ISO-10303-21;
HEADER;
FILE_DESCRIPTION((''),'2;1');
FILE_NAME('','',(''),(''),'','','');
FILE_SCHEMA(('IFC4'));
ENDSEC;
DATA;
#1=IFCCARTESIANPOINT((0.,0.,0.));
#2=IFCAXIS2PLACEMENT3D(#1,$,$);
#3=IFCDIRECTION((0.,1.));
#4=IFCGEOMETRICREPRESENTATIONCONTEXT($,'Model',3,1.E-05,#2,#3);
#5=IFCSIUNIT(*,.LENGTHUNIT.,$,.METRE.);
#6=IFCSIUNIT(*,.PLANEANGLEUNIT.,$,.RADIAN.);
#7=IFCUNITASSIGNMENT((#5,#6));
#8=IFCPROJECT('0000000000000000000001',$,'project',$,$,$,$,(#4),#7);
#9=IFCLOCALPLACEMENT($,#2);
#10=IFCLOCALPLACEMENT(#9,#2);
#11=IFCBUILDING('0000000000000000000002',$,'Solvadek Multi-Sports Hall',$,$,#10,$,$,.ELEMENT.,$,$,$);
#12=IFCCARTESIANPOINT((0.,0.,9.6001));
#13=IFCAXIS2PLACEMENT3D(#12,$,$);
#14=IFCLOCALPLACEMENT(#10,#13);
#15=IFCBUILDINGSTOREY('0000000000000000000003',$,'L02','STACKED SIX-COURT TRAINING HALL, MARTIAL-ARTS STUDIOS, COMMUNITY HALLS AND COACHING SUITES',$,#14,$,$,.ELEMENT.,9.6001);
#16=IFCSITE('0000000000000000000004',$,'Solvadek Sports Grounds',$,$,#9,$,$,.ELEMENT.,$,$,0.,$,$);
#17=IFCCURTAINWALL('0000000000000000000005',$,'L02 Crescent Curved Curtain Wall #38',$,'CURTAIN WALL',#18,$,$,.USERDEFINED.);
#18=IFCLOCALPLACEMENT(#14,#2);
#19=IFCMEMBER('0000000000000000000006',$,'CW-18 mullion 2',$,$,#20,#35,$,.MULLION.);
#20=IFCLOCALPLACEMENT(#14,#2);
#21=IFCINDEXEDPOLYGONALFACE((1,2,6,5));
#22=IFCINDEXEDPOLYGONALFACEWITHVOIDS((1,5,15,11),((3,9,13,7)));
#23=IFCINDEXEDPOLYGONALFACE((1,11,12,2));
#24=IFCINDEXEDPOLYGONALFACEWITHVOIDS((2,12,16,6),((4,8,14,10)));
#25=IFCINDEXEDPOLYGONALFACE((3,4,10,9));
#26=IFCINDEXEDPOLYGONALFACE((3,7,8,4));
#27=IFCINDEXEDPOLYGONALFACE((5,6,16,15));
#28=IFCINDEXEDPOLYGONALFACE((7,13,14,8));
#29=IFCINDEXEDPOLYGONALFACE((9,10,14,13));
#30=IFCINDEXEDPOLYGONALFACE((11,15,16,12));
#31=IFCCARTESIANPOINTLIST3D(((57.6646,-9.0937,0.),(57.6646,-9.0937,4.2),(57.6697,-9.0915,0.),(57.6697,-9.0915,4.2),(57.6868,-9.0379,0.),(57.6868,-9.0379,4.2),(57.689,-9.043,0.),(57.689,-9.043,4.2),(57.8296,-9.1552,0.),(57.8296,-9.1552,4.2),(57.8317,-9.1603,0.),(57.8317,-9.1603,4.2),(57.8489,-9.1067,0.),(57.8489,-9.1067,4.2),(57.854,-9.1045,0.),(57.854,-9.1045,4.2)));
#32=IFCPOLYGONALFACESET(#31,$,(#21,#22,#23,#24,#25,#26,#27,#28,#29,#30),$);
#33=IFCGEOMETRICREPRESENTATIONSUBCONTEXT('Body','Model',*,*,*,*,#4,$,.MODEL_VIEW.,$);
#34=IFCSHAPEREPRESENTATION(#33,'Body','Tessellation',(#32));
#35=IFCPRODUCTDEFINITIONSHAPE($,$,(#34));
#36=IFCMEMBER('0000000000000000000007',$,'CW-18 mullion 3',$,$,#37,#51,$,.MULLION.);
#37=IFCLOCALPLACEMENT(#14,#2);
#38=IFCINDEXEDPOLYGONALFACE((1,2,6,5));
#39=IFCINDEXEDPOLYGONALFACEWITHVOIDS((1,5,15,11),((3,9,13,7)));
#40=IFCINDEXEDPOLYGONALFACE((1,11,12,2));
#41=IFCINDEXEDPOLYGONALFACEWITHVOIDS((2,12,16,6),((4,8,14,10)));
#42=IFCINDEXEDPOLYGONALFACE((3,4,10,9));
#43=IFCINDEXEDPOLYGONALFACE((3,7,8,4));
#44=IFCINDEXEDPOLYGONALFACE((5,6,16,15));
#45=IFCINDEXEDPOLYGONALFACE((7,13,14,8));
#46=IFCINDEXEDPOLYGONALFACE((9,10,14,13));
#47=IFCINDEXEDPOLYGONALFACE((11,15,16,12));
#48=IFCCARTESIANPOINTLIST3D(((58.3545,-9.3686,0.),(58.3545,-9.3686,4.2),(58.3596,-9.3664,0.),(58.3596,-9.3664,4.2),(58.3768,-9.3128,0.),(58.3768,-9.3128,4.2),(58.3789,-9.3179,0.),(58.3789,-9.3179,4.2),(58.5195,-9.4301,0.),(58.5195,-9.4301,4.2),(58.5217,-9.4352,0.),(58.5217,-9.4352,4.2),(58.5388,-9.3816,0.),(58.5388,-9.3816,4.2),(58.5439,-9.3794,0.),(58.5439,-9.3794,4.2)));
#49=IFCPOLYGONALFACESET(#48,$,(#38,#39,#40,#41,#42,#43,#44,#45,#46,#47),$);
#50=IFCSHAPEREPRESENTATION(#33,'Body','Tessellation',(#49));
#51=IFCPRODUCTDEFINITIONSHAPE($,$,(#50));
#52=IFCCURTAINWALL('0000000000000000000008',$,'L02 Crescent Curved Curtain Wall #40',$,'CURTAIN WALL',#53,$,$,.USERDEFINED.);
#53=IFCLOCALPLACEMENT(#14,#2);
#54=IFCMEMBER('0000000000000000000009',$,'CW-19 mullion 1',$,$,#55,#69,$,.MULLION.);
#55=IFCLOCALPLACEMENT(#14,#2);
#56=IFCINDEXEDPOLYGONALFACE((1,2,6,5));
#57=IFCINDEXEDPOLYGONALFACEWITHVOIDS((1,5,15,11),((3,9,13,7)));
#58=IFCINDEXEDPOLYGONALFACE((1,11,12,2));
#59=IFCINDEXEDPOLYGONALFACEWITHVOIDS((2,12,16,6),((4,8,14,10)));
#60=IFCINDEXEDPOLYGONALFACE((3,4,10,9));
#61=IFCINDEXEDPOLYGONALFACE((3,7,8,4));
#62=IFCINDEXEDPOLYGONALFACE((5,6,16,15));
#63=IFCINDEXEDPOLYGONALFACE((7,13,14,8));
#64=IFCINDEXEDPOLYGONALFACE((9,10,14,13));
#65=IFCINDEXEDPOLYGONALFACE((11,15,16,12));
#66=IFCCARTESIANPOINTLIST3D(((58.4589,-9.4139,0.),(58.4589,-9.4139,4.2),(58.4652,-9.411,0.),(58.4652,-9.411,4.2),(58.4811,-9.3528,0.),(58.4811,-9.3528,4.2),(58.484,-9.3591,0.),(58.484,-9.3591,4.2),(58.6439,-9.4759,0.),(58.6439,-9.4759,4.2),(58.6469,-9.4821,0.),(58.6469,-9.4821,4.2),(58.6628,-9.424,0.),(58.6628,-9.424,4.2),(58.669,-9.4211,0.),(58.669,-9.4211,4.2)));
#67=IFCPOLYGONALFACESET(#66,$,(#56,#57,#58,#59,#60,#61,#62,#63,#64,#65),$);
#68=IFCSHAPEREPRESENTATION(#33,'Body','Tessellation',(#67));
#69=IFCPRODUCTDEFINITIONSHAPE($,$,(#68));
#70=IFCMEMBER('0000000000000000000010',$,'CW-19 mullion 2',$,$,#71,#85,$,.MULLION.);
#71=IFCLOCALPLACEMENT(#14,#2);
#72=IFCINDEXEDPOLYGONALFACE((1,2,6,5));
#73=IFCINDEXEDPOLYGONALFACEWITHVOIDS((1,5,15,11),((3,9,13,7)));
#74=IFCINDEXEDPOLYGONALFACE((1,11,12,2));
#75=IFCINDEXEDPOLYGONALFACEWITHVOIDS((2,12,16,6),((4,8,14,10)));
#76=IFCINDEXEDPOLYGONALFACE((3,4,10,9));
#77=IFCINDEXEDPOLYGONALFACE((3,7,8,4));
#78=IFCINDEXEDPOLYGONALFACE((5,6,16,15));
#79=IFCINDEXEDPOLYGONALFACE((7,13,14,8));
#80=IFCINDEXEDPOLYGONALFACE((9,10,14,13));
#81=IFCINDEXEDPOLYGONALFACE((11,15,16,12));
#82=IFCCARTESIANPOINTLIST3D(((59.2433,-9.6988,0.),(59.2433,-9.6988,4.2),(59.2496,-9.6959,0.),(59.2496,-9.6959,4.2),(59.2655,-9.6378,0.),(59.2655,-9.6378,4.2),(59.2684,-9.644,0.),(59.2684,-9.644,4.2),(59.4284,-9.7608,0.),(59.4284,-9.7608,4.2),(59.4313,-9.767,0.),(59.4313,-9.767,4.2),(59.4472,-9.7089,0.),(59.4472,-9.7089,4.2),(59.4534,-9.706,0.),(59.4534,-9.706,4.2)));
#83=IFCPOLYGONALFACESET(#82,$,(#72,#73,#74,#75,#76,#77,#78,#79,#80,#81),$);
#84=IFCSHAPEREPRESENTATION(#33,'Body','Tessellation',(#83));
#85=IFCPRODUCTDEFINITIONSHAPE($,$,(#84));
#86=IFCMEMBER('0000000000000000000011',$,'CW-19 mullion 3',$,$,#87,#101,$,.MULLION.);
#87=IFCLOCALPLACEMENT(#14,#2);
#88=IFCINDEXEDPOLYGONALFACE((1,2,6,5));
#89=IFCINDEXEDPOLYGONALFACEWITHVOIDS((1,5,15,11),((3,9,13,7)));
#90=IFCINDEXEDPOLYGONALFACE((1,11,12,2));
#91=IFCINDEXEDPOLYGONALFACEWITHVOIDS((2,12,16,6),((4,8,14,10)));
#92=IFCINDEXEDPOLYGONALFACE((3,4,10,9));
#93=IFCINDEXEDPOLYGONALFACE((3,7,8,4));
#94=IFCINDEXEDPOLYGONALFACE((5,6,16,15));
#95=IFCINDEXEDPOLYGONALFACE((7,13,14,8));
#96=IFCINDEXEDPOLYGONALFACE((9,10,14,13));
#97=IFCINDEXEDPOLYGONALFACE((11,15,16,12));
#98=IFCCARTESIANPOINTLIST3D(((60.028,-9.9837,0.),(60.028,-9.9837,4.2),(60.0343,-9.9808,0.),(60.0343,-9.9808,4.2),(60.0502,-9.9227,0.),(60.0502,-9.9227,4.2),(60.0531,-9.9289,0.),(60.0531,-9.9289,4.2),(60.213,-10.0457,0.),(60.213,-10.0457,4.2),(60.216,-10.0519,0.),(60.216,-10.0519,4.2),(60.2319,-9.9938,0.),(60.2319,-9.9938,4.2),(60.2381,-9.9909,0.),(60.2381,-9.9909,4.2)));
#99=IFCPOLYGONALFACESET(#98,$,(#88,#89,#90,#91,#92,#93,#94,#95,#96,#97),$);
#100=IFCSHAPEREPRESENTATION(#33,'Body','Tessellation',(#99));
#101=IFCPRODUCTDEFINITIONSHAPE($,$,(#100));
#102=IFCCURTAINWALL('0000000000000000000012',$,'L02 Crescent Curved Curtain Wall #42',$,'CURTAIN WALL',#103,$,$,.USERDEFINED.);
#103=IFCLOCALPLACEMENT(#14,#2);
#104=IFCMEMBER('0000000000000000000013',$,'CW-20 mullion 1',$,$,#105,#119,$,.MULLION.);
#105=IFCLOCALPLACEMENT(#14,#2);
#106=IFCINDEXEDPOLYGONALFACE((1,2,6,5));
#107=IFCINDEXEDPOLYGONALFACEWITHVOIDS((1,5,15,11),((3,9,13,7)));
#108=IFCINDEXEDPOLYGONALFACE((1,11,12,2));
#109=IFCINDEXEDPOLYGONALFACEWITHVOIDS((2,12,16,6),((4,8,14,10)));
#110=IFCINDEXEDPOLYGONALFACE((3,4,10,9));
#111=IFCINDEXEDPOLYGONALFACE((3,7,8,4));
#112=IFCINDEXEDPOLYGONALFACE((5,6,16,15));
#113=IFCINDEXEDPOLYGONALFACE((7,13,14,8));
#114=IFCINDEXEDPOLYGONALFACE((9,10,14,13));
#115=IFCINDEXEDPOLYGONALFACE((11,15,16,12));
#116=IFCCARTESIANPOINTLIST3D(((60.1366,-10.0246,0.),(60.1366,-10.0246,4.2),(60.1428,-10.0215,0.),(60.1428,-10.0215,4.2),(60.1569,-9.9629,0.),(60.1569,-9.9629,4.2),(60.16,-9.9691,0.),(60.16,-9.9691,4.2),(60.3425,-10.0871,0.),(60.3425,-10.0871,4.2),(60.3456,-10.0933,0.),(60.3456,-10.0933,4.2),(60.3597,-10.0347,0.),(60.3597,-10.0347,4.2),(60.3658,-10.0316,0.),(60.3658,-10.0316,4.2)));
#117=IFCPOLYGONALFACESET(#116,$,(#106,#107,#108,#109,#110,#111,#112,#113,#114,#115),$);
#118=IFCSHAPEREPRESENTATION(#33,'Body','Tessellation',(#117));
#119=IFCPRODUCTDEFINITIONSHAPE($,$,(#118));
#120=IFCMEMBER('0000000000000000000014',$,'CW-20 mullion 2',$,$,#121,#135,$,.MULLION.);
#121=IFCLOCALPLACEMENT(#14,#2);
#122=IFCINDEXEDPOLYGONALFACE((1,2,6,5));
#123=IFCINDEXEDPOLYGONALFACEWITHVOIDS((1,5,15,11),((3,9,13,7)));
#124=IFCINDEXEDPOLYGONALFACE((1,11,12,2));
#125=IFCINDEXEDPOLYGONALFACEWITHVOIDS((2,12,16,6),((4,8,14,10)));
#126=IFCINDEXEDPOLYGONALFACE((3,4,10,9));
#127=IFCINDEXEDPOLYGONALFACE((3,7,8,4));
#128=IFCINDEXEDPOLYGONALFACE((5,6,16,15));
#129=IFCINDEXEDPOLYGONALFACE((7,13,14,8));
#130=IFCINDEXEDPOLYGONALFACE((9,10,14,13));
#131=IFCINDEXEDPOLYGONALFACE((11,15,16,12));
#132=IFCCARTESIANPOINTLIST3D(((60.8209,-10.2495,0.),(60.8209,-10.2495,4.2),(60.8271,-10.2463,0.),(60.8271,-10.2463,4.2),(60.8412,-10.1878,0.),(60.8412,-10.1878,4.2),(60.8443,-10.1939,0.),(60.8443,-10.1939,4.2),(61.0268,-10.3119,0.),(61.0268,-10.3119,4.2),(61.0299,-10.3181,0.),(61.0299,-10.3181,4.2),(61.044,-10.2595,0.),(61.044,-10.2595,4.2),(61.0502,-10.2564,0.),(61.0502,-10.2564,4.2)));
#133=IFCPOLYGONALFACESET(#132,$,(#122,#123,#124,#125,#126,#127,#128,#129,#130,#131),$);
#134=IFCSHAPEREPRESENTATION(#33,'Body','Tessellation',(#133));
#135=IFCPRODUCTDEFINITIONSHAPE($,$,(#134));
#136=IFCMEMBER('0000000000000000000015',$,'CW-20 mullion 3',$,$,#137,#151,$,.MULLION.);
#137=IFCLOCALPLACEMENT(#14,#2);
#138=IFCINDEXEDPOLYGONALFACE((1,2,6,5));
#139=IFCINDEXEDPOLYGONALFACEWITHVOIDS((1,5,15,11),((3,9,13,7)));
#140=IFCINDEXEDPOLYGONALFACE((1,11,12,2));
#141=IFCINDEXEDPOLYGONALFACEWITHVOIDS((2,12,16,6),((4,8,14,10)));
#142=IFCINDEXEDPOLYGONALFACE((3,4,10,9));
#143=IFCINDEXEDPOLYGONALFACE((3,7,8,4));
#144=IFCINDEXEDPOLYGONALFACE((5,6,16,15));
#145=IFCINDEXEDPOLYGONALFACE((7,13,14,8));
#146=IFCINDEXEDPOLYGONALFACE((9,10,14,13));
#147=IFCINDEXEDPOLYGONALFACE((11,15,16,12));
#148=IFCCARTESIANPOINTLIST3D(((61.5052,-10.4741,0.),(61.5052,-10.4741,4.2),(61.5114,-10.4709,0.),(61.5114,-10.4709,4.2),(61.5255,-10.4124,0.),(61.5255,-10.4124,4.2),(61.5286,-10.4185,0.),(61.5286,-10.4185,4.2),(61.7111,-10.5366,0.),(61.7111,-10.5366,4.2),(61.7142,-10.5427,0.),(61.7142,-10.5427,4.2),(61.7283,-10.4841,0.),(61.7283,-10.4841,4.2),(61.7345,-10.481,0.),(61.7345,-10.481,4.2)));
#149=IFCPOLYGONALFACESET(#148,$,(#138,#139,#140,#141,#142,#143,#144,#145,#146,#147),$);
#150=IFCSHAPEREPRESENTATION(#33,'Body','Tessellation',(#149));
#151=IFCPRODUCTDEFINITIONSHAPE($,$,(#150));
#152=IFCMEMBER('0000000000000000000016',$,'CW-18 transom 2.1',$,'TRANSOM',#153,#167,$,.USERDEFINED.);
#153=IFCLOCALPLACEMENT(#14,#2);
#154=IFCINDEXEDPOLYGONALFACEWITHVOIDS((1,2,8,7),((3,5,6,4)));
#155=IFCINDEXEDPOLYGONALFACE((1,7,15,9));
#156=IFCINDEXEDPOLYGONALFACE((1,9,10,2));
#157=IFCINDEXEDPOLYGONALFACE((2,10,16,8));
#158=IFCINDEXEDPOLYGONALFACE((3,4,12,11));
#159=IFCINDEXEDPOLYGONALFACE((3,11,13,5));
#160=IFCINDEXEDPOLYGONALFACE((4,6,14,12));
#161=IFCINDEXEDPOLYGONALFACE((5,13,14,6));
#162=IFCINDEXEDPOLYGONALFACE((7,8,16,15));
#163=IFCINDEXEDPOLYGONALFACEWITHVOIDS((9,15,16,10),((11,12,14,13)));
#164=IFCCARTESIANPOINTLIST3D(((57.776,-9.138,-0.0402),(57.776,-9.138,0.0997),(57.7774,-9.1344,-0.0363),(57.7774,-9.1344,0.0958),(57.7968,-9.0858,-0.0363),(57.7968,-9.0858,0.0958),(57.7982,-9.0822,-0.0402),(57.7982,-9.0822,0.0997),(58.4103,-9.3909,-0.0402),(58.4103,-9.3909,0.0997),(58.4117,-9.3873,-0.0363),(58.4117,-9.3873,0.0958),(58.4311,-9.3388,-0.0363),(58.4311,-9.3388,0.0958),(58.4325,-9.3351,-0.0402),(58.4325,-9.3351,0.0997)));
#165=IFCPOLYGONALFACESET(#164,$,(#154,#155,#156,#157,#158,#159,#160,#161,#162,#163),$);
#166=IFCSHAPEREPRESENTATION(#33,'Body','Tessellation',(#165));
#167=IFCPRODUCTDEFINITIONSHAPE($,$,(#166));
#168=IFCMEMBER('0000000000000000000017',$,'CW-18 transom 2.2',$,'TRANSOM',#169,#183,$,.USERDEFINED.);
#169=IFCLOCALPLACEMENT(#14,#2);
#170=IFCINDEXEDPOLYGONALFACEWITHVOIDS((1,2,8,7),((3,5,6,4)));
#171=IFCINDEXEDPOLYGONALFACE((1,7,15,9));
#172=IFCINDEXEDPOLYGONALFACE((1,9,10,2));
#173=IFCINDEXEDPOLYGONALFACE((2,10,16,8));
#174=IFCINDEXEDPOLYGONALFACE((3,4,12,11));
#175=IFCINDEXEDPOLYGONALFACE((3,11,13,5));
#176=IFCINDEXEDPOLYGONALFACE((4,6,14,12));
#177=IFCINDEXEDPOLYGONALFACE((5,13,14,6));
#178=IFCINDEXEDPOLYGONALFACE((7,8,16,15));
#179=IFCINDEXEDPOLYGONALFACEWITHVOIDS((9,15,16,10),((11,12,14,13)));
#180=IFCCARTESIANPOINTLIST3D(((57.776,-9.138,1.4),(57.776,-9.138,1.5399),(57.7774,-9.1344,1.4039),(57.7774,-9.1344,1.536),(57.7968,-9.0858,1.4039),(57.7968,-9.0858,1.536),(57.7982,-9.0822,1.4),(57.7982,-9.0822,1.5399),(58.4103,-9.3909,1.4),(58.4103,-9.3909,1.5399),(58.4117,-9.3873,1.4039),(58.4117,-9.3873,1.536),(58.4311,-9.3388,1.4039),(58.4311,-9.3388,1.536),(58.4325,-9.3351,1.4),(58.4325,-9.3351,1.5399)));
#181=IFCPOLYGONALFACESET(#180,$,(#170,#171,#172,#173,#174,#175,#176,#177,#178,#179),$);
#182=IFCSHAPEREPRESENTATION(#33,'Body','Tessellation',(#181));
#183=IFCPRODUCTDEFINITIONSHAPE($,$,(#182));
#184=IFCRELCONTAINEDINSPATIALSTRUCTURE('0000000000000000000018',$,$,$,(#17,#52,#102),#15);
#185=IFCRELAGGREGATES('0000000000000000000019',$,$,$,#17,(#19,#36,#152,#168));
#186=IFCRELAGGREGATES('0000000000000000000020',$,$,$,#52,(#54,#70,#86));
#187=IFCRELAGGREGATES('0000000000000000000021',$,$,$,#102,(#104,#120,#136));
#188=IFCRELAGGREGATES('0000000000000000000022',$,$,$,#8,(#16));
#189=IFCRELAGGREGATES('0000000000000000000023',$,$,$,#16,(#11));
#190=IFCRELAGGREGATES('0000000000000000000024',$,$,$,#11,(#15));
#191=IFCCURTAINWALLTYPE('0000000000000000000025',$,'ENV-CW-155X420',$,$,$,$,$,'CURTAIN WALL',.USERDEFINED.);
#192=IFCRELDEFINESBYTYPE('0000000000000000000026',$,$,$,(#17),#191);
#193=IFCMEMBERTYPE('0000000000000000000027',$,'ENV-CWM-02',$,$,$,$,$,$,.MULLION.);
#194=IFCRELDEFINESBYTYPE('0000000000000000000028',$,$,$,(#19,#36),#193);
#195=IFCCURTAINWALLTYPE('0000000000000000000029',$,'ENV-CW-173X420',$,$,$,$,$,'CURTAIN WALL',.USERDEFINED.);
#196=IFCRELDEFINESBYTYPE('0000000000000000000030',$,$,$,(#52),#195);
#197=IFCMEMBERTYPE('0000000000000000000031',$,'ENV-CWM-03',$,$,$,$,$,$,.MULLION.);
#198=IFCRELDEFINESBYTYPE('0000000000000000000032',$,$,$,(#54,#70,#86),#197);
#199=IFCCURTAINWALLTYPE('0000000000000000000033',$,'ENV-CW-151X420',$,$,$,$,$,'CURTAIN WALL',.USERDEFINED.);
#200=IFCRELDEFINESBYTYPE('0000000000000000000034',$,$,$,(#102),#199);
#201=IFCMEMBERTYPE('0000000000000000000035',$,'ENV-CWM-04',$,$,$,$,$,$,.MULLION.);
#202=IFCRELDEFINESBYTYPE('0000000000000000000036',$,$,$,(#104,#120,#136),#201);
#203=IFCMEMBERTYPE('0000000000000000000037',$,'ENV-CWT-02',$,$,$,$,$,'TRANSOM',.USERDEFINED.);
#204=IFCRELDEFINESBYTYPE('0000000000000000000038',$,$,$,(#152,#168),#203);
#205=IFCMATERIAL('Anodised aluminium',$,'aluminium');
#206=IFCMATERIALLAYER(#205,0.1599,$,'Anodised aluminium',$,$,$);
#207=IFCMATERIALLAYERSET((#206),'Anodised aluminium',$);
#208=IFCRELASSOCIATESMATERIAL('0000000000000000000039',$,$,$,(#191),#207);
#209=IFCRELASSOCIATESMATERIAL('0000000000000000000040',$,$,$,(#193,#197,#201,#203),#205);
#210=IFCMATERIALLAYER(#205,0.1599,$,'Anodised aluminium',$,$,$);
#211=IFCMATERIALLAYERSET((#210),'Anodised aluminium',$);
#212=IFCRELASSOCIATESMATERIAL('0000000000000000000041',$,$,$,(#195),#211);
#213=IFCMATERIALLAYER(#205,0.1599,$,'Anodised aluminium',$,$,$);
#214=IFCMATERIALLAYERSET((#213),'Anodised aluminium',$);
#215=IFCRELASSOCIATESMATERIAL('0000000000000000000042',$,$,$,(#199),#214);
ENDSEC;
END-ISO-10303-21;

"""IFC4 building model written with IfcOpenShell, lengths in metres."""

from ifc_helpers import new_model, si_unit, direction, frame, origin, origin_2d, place, context, subcontext, project, spatial, hollow_rectangle, extrude, material, layer, layer_set, material_profile, profile_set, type_object, element, aggregate, save


model = new_model("IFC4")

# Units and contexts
model_context = context("Model", 3, precision=1e-05, world=origin(), true_north=direction((0.0, 1.0)))
body_context = subcontext(model_context, "Body", "Model", "MODEL_VIEW")
ifc_project = project(units=[si_unit("LENGTHUNIT", "METRE"), si_unit("PLANEANGLEUNIT", "RADIAN")], contexts=[model_context])

# Site, building, storey
site_placement = place(None, origin())
site = spatial("IfcSite", under=ifc_project, at=site_placement, Name="Solvadek Sports Grounds", CompositionType="ELEMENT", RefElevation=0.0)
building_placement = place(site_placement, origin())
building = spatial("IfcBuilding", under=site, at=building_placement, Name="Solvadek Multi-Sports Hall", CompositionType="ELEMENT")
storey_placement = place(building_placement, frame((0.0, 0.0, 9.6001)))
storey = spatial("IfcBuildingStorey", under=building, at=storey_placement, Name="L02", Description="STACKED SIX-COURT TRAINING HALL, MARTIAL-ARTS STUDIOS, COMMUNITY HALLS AND COACHING SUITES", CompositionType="ELEMENT", Elevation=9.6001)

# Curtain walls, members
ifc_material_1 = material(Name="Anodised aluminium", Category="aluminium")
ifc_layer_1 = layer(ifc_material_1, 0.1599, Name="Anodised aluminium")
ifc_layer_set_1 = layer_set([ifc_layer_1], Name="Anodised aluminium")
curtain_wall_type_1 = type_object("IfcCurtainWallType", Name="ENV-CW-155X420", ElementType="CURTAIN WALL", PredefinedType="USERDEFINED", material=ifc_layer_set_1)
curtain_wall_1_placement = place(storey_placement, origin())
curtain_wall_1 = element("IfcCurtainWall", 1, at=curtain_wall_1_placement, inside=storey, type_object=curtain_wall_type_1, Name="L02 Crescent Curved Curtain Wall #38", ObjectType="CURTAIN WALL", PredefinedType="USERDEFINED")
ifc_material_profile_1 = material_profile(ifc_material_1, hollow_rectangle(XDim=0.0601, YDim=0.1799, WallThickness=0.0039, at=origin_2d()), Name="ALU-M 180x60x4")
ifc_profile_set_1 = profile_set([ifc_material_profile_1], Name="Anodised aluminium")
member_type_1 = type_object("IfcMemberType", Name="ENV-CWM-02", PredefinedType="MULLION", material=ifc_profile_set_1)
member_1_placement = place(storey_placement, frame((57.7593, -9.0991, 0.0), z_axis=(0.0, 0.0, 1.0), x_axis=(0.370163, 0.928967, 0.0)))
member_1 = element("IfcMember", 2, at=member_1_placement, type_object=member_type_1, Name="CW-18 mullion 2", PredefinedType="MULLION", context=body_context, shape_type="SweptSolid", body=[
    extrude(hollow_rectangle(XDim=0.0601, YDim=0.1799, WallThickness=0.0039, at=origin_2d()), origin(), (0.0, 0.0, 1.0), 4.2),
])
member_2_placement = place(storey_placement, frame((58.4492, -9.374, 0.0), z_axis=(0.0, 0.0, 1.0), x_axis=(0.370163, 0.928967, 0.0)))
member_2 = element("IfcMember", 3, at=member_2_placement, type_object=member_type_1, Name="CW-18 mullion 3", PredefinedType="MULLION", context=body_context, shape_type="SweptSolid", body=[
    extrude(hollow_rectangle(XDim=0.0601, YDim=0.1799, WallThickness=0.0039, at=origin_2d()), origin(), (0.0, 0.0, 1.0), 4.2),
])
ifc_layer_2 = layer(ifc_material_1, 0.1599, Name="Anodised aluminium")
ifc_layer_set_2 = layer_set([ifc_layer_2], Name="Anodised aluminium")
curtain_wall_type_2 = type_object("IfcCurtainWallType", Name="ENV-CW-173X420", ElementType="CURTAIN WALL", PredefinedType="USERDEFINED", material=ifc_layer_set_2)
curtain_wall_2_placement = place(storey_placement, origin())
curtain_wall_2 = element("IfcCurtainWall", 4, at=curtain_wall_2_placement, inside=storey, type_object=curtain_wall_type_2, Name="L02 Crescent Curved Curtain Wall #40", ObjectType="CURTAIN WALL", PredefinedType="USERDEFINED")
ifc_material_profile_2 = material_profile(ifc_material_1, hollow_rectangle(XDim=0.0649, YDim=0.2, WallThickness=0.0049, at=origin_2d()), Name="ALU-M 200x65x5")
ifc_profile_set_2 = profile_set([ifc_material_profile_2], Name="Anodised aluminium")
member_type_2 = type_object("IfcMemberType", Name="ENV-CWM-03", PredefinedType="MULLION", material=ifc_profile_set_2)
member_3_placement = place(storey_placement, frame((58.564, -9.4175, 0.0), z_axis=(0.0, 0.0, 1.0), x_axis=(0.341197, 0.939992, 0.0)))
member_3 = element("IfcMember", 5, at=member_3_placement, type_object=member_type_2, Name="CW-19 mullion 1", PredefinedType="MULLION", context=body_context, shape_type="SweptSolid", body=[
    extrude(hollow_rectangle(XDim=0.0649, YDim=0.2, WallThickness=0.0049, at=origin_2d()), origin(), (0.0, 0.0, 1.0), 4.2),
])
member_4_placement = place(storey_placement, frame((59.3484, -9.7024, 0.0), z_axis=(0.0, 0.0, 1.0), x_axis=(0.341197, 0.939992, 0.0)))
member_4 = element("IfcMember", 6, at=member_4_placement, type_object=member_type_2, Name="CW-19 mullion 2", PredefinedType="MULLION", context=body_context, shape_type="SweptSolid", body=[
    extrude(hollow_rectangle(XDim=0.0649, YDim=0.2, WallThickness=0.0049, at=origin_2d()), origin(), (0.0, 0.0, 1.0), 4.2),
])
member_5_placement = place(storey_placement, frame((60.1331, -9.9873, 0.0), z_axis=(0.0, 0.0, 1.0), x_axis=(0.341197, 0.939992, 0.0)))
member_5 = element("IfcMember", 7, at=member_5_placement, type_object=member_type_2, Name="CW-19 mullion 3", PredefinedType="MULLION", context=body_context, shape_type="SweptSolid", body=[
    extrude(hollow_rectangle(XDim=0.0649, YDim=0.2, WallThickness=0.0049, at=origin_2d()), origin(), (0.0, 0.0, 1.0), 4.2),
])
ifc_layer_3 = layer(ifc_material_1, 0.1599, Name="Anodised aluminium")
ifc_layer_set_3 = layer_set([ifc_layer_3], Name="Anodised aluminium")
curtain_wall_type_3 = type_object("IfcCurtainWallType", Name="ENV-CW-151X420", ElementType="CURTAIN WALL", PredefinedType="USERDEFINED", material=ifc_layer_set_3)
curtain_wall_3_placement = place(storey_placement, origin())
curtain_wall_3 = element("IfcCurtainWall", 8, at=curtain_wall_3_placement, inside=storey, type_object=curtain_wall_type_3, Name="L02 Crescent Curved Curtain Wall #42", ObjectType="CURTAIN WALL", PredefinedType="USERDEFINED")
ifc_material_profile_3 = material_profile(ifc_material_1, hollow_rectangle(XDim=0.0649, YDim=0.22, WallThickness=0.0049, at=origin_2d()), Name="ALU-M 220x65x5")
ifc_profile_set_3 = profile_set([ifc_material_profile_3], Name="Anodised aluminium")
member_type_3 = type_object("IfcMemberType", Name="ENV-CWM-04", PredefinedType="MULLION", material=ifc_profile_set_3)
member_6_placement = place(storey_placement, frame((60.2512, -10.0281, 0.0), z_axis=(0.0, 0.0, 1.0), x_axis=(0.3121, 0.950049, 0.0)))
member_6 = element("IfcMember", 9, at=member_6_placement, type_object=member_type_3, Name="CW-20 mullion 1", PredefinedType="MULLION", context=body_context, shape_type="SweptSolid", body=[
    extrude(hollow_rectangle(XDim=0.0649, YDim=0.22, WallThickness=0.0049, at=origin_2d()), origin(), (0.0, 0.0, 1.0), 4.2),
])
member_7_placement = place(storey_placement, frame((60.9355, -10.2529, 0.0), z_axis=(0.0, 0.0, 1.0), x_axis=(0.3121, 0.950049, 0.0)))
member_7 = element("IfcMember", 10, at=member_7_placement, type_object=member_type_3, Name="CW-20 mullion 2", PredefinedType="MULLION", context=body_context, shape_type="SweptSolid", body=[
    extrude(hollow_rectangle(XDim=0.0649, YDim=0.22, WallThickness=0.0049, at=origin_2d()), origin(), (0.0, 0.0, 1.0), 4.2),
])
member_8_placement = place(storey_placement, frame((61.6199, -10.4775, 0.0), z_axis=(0.0, 0.0, 1.0), x_axis=(0.3121, 0.950049, 0.0)))
member_8 = element("IfcMember", 11, at=member_8_placement, type_object=member_type_3, Name="CW-20 mullion 3", PredefinedType="MULLION", context=body_context, shape_type="SweptSolid", body=[
    extrude(hollow_rectangle(XDim=0.0649, YDim=0.22, WallThickness=0.0049, at=origin_2d()), origin(), (0.0, 0.0, 1.0), 4.2),
])

# Members
ifc_material_profile_4 = material_profile(ifc_material_1, hollow_rectangle(XDim=0.0601, YDim=0.1399, WallThickness=0.0039, at=origin_2d()), Name="ALU-T 140x60x4")
ifc_profile_set_4 = profile_set([ifc_material_profile_4], Name="Anodised aluminium")
member_type_4 = type_object("IfcMemberType", Name="ENV-CWT-02", ElementType="TRANSOM", PredefinedType="USERDEFINED", material=ifc_profile_set_4)
member_9_placement = place(storey_placement, frame((57.7871, -9.1101, 0.0298), z_axis=(0.928871, -0.370404, 0.0), x_axis=(0.370404, 0.928871, 0.0)))
member_9 = element("IfcMember", 12, at=member_9_placement, type_object=member_type_4, Name="CW-18 transom 2.1", ObjectType="TRANSOM", PredefinedType="USERDEFINED", context=body_context, shape_type="SweptSolid", body=[
    extrude(hollow_rectangle(XDim=0.0601, YDim=0.1399, WallThickness=0.0039, at=origin_2d()), origin(), (0.0, 0.0, 1.0), 0.6829),
])
member_10_placement = place(storey_placement, frame((57.7871, -9.1101, 1.47), z_axis=(0.928871, -0.370404, 0.0), x_axis=(0.370404, 0.928871, 0.0)))
member_10 = element("IfcMember", 13, at=member_10_placement, type_object=member_type_4, Name="CW-18 transom 2.2", ObjectType="TRANSOM", PredefinedType="USERDEFINED", context=body_context, shape_type="SweptSolid", body=[
    extrude(hollow_rectangle(XDim=0.0601, YDim=0.1399, WallThickness=0.0039, at=origin_2d()), origin(), (0.0, 0.0, 1.0), 0.6829),
])

aggregate(curtain_wall_1, [member_1, member_2, member_9, member_10])
aggregate(curtain_wall_2, [member_3, member_4, member_5])
aggregate(curtain_wall_3, [member_6, member_7, member_8])

save(model, "model.ifc")
